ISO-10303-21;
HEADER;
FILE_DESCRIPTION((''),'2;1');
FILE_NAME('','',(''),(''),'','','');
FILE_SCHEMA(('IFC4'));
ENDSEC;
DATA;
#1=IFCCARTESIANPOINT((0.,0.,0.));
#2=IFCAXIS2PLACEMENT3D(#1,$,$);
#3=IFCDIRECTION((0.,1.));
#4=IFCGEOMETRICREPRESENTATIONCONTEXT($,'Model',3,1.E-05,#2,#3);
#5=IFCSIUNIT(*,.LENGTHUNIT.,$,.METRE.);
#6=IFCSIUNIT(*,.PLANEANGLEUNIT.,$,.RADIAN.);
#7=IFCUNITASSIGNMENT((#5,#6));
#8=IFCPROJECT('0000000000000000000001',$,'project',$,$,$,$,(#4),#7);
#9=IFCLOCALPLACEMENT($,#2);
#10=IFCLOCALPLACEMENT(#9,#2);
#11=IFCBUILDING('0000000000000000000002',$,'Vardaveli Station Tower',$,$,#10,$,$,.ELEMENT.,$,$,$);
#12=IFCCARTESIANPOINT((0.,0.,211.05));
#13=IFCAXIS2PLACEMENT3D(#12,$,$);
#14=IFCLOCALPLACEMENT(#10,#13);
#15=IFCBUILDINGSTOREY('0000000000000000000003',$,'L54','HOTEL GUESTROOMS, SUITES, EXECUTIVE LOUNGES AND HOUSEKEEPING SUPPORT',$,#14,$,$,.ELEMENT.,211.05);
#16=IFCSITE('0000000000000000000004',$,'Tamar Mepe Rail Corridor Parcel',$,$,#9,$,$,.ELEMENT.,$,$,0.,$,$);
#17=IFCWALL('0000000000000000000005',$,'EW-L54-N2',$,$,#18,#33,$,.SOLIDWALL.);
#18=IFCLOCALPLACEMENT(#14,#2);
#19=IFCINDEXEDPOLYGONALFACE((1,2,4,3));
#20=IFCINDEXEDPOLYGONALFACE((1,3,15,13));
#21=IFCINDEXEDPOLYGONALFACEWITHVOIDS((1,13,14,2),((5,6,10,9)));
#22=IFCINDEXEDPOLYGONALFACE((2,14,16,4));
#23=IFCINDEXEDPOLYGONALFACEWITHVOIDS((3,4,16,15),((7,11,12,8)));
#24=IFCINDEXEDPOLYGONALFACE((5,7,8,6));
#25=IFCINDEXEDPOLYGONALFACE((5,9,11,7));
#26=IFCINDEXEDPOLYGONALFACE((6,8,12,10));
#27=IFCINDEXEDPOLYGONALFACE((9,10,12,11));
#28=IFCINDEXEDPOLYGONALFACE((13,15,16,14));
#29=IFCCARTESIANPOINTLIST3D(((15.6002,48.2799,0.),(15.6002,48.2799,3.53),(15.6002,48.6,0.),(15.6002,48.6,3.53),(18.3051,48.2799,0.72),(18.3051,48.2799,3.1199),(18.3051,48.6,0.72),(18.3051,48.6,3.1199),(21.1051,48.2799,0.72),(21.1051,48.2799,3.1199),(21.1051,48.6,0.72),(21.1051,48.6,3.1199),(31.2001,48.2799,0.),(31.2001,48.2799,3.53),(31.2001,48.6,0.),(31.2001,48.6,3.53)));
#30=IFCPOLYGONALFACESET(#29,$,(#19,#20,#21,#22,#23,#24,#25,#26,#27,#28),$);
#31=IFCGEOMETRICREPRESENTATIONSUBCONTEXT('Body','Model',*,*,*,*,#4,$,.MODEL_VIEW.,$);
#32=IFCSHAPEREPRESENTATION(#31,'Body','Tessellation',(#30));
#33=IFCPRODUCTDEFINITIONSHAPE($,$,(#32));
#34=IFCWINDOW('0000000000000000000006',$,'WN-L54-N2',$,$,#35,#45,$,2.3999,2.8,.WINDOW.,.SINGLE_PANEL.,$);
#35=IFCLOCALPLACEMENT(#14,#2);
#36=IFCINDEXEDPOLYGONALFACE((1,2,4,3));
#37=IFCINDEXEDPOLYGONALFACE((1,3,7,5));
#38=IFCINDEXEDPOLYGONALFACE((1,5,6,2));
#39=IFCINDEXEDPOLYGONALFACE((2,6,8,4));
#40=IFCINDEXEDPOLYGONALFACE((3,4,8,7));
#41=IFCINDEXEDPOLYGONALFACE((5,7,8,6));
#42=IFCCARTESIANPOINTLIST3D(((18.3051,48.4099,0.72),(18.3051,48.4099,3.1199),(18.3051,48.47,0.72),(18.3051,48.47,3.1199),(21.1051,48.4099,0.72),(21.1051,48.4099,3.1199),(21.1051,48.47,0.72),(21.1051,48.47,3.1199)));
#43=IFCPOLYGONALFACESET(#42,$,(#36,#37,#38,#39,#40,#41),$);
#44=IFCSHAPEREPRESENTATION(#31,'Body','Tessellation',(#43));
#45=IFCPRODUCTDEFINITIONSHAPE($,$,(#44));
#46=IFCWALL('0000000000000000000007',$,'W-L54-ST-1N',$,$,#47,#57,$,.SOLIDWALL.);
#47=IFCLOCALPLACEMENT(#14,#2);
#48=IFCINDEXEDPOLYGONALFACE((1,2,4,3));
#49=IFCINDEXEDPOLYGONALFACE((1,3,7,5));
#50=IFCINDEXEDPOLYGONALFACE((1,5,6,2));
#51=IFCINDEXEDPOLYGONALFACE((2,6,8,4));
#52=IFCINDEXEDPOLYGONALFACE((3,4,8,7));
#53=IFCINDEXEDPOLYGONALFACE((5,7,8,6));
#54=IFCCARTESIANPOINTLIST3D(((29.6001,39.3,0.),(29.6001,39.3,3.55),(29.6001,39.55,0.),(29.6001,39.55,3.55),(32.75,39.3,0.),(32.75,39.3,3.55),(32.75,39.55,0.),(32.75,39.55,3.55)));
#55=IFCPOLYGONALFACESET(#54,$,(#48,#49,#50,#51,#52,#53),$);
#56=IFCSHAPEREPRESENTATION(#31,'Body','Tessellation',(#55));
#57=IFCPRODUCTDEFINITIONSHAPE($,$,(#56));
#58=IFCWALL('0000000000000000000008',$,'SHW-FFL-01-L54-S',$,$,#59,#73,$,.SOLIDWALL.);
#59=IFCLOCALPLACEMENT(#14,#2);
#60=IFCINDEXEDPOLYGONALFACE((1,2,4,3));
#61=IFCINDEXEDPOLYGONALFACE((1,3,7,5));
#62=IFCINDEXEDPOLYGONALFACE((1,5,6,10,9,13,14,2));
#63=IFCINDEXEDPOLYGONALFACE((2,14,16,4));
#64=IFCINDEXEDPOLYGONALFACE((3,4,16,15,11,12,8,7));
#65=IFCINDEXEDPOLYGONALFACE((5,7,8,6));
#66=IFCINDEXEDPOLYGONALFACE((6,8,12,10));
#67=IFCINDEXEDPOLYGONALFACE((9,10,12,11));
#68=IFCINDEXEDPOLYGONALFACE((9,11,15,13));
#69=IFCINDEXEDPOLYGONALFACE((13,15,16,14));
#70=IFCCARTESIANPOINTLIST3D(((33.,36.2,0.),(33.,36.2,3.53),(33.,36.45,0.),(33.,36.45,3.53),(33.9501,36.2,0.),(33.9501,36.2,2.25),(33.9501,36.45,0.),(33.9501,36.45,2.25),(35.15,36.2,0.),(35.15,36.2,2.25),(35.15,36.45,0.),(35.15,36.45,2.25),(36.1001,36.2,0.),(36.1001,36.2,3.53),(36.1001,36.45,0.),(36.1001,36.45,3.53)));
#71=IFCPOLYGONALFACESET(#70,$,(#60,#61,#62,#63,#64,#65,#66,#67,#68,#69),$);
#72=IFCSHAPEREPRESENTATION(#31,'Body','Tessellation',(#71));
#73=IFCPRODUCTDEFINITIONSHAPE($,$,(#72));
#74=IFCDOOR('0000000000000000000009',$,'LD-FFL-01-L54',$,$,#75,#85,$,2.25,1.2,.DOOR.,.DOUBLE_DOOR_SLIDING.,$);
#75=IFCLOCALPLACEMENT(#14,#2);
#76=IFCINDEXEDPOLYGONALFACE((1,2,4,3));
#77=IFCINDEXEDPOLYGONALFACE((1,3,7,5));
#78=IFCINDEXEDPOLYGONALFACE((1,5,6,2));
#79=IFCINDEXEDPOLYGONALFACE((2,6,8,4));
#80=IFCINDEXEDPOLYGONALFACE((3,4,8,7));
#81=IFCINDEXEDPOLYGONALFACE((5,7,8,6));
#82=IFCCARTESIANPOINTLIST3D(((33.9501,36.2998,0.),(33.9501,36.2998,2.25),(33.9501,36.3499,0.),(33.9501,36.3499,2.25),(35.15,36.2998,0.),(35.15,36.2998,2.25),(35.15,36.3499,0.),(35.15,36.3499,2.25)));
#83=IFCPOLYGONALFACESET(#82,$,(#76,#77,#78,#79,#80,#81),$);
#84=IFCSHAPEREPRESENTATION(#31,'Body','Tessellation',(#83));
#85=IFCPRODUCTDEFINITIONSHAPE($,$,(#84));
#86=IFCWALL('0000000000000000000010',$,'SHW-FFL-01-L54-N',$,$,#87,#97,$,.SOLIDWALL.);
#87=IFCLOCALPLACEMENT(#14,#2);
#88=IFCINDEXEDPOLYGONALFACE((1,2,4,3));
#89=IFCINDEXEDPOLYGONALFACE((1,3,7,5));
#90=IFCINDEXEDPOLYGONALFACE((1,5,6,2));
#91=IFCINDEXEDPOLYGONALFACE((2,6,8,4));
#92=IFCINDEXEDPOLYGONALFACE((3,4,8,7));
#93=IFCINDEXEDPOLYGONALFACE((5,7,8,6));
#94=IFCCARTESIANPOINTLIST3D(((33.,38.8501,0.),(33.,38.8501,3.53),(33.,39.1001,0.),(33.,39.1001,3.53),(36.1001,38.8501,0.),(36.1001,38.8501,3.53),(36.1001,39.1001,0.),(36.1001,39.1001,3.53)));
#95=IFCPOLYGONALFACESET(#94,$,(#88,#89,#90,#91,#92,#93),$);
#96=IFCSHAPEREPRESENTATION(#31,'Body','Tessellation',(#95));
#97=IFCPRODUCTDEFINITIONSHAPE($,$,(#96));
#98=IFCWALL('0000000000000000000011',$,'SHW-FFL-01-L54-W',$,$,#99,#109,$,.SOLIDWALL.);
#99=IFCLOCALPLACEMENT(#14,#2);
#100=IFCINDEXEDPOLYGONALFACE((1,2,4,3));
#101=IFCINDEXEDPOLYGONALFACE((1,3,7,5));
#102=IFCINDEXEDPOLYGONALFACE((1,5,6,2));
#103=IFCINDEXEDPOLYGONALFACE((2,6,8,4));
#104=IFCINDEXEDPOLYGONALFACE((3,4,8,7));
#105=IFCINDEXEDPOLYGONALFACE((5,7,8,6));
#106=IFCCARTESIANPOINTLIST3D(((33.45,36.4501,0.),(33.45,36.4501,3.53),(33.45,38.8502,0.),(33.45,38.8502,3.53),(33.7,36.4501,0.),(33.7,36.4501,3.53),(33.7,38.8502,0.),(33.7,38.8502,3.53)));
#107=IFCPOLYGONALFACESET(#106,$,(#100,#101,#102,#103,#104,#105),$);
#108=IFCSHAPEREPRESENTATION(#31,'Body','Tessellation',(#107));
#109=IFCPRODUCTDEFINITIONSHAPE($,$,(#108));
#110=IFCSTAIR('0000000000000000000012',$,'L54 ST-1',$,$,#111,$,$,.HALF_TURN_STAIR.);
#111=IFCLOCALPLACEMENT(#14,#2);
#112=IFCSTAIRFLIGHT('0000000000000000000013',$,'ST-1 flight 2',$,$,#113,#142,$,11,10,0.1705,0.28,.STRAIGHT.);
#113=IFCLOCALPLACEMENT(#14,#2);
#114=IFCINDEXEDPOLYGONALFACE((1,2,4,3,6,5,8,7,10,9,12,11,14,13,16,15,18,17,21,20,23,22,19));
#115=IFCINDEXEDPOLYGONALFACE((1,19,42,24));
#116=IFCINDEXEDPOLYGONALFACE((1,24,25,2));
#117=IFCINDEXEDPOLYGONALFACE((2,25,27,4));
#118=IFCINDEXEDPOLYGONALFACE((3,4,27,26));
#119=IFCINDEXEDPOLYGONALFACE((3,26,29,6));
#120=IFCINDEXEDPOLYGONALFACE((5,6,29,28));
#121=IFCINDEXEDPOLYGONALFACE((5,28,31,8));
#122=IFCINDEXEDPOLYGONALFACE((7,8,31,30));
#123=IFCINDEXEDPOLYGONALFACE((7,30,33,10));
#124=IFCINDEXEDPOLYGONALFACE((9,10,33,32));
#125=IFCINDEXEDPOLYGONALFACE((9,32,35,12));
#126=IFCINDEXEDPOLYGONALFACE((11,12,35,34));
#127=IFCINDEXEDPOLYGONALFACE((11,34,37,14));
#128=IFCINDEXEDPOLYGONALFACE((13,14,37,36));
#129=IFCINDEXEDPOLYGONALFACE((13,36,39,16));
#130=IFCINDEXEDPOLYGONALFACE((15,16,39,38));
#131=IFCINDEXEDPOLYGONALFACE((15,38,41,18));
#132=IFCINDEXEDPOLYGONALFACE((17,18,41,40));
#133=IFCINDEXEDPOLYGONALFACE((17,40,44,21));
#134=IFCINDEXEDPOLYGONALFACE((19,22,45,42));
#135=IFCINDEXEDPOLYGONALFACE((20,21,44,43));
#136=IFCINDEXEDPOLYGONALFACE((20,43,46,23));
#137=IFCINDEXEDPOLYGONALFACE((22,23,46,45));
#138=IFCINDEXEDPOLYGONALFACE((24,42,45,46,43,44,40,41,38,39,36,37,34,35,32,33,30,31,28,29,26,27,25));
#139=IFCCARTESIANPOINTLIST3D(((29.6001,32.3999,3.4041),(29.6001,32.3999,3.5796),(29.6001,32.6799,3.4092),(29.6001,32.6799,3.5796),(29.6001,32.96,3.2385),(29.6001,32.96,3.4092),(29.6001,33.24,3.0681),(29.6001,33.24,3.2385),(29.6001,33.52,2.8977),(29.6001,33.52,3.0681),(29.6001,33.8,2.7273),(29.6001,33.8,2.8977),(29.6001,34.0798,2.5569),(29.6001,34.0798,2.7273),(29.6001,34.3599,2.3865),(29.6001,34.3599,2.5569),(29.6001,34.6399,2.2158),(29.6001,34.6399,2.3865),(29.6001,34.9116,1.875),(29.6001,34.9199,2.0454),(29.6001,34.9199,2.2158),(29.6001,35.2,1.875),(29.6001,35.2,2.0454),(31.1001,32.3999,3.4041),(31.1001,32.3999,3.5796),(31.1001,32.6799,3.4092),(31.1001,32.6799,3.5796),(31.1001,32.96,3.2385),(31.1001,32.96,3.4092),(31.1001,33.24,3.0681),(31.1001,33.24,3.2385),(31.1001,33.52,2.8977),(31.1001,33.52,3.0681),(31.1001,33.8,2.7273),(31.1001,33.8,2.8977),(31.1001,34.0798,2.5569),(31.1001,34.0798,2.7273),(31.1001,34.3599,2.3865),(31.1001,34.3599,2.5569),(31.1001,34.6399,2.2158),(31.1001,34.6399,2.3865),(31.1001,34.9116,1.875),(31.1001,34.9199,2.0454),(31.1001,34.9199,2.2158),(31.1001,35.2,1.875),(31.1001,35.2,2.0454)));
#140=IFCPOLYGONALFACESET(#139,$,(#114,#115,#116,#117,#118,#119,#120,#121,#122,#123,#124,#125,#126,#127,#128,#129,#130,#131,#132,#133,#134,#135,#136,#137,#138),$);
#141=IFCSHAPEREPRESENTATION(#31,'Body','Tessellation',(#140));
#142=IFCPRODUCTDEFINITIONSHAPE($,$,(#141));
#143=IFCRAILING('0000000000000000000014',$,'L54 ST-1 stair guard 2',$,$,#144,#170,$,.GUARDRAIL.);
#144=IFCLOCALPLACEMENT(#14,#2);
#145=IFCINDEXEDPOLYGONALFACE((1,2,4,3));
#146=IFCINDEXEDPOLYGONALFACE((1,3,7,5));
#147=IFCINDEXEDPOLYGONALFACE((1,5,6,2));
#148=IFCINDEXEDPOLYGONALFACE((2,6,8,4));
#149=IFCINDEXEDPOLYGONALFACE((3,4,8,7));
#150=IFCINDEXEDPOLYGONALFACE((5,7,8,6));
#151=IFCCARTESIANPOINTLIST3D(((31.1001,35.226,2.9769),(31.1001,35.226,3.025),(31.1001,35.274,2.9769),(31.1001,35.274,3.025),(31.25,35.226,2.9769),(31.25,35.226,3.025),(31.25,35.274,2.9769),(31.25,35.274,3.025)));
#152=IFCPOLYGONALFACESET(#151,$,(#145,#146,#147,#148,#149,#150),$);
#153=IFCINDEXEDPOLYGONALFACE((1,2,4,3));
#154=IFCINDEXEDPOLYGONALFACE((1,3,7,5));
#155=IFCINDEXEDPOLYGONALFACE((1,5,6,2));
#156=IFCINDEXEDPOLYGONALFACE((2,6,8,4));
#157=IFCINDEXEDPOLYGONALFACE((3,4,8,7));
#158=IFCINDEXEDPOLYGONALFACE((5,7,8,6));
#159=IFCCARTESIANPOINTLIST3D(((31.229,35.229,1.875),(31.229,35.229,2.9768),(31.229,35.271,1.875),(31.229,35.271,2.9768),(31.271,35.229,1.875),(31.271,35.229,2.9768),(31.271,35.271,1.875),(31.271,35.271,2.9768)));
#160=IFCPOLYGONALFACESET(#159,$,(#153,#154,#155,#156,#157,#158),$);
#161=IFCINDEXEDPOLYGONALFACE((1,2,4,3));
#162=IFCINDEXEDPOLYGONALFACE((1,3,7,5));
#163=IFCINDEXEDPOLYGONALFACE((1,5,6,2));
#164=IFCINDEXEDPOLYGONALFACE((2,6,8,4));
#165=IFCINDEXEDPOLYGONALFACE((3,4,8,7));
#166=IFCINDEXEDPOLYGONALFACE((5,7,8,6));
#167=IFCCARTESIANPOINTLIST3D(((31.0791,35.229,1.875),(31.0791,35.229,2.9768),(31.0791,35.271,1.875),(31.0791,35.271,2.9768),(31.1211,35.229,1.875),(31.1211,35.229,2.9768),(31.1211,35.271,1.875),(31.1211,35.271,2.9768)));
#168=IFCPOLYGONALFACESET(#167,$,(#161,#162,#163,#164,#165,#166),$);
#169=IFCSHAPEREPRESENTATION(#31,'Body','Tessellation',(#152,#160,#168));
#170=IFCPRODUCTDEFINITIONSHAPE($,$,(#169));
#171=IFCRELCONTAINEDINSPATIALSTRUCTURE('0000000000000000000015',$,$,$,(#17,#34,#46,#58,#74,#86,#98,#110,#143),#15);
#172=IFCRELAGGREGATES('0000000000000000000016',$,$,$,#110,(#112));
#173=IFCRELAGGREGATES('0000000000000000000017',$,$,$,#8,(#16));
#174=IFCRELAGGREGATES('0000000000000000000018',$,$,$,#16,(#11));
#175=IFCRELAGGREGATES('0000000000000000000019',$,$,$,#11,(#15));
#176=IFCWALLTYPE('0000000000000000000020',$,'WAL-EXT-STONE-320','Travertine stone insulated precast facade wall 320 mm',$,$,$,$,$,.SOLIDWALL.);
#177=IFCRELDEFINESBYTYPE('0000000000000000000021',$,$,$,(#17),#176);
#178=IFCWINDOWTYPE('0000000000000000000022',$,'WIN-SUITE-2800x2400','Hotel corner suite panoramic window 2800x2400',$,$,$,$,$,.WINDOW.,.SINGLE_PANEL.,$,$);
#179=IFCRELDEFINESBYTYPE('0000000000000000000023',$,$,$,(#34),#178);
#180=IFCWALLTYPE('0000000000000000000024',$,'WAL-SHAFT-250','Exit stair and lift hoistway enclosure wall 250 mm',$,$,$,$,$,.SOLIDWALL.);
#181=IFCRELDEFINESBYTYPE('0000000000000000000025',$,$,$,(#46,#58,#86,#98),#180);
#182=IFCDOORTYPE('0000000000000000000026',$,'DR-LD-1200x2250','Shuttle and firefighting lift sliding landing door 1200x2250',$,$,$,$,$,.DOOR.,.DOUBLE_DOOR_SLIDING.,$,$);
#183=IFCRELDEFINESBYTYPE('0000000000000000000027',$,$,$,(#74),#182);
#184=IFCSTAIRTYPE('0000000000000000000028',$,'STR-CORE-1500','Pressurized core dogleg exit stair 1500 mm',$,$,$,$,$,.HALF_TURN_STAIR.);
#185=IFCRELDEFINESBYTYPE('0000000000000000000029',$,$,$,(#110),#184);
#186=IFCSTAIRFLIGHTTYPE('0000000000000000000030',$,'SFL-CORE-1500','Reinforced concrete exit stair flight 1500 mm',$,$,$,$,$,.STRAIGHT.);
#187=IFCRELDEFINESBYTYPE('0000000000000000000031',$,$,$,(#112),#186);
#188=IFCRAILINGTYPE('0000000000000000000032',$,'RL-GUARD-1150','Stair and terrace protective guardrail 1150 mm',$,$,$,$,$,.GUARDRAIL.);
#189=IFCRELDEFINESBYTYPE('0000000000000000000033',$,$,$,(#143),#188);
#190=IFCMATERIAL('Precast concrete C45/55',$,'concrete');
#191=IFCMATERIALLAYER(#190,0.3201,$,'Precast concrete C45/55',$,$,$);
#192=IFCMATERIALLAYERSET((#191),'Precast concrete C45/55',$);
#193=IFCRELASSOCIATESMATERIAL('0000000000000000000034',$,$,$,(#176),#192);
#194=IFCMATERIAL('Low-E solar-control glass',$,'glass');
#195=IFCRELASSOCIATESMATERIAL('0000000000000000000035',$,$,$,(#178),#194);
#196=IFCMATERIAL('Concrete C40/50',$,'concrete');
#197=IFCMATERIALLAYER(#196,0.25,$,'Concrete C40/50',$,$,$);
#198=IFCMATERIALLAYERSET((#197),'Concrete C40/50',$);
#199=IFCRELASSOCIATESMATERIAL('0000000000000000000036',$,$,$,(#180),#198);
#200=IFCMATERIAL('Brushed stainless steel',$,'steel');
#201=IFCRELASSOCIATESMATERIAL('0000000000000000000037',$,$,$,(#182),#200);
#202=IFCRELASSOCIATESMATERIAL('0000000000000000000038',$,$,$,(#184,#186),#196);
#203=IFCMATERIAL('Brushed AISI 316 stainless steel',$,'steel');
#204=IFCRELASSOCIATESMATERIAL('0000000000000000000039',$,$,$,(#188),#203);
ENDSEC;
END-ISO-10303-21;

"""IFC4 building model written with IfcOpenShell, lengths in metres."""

from ifc_helpers import new_model, si_unit, direction, frame, frame_2d, origin, origin_2d, place, context, subcontext, project, spatial, polyline, rectangle, outline, extrude, source, transform, mapped, material, layer, layer_set, type_object, element, fill, aggregate, save


model = new_model("IFC4")

# Units and contexts
model_context = context("Model", 3, precision=1e-05, world=origin(), true_north=direction((0.0, 1.0)))
body_context = subcontext(model_context, "Body", "Model", "MODEL_VIEW")
ifc_project = project(units=[si_unit("LENGTHUNIT", "METRE"), si_unit("PLANEANGLEUNIT", "RADIAN")], contexts=[model_context])

# Site, building, storey
site_placement = place(None, origin())
site = spatial("IfcSite", under=ifc_project, at=site_placement, Name="Tamar Mepe Rail Corridor Parcel", CompositionType="ELEMENT", RefElevation=0.0)
building_placement = place(site_placement, origin())
building = spatial("IfcBuilding", under=site, at=building_placement, Name="Vardaveli Station Tower", CompositionType="ELEMENT")
storey_placement = place(building_placement, frame((0.0, 0.0, 211.05)))
storey = spatial("IfcBuildingStorey", under=building, at=storey_placement, Name="L54", Description="HOTEL GUESTROOMS, SUITES, EXECUTIVE LOUNGES AND HOUSEKEEPING SUPPORT", CompositionType="ELEMENT", Elevation=211.05)

# Shared definitions
ifc_material_1 = material(Name="Precast concrete C45/55", Category="concrete")

# Wall, opening, window
ifc_layer_1 = layer(ifc_material_1, 0.3201, Name="Precast concrete C45/55")
ifc_layer_set_1 = layer_set([ifc_layer_1], Name="Precast concrete C45/55")
wall_type_1 = type_object("IfcWallType", Name="WAL-EXT-STONE-320", Description="Travertine stone insulated precast facade wall 320 mm", PredefinedType="SOLIDWALL", material=ifc_layer_set_1)
shared_shape_1 = source(origin(), body_context, "Body", "SweptSolid", [
    extrude(rectangle(XDim=15.5999, YDim=0.3201, at=frame_2d((7.7998, 0.0))), origin(), (0.0, 0.0, 1.0), 3.53),
])
wall_1_placement = place(storey_placement, frame((31.2, 48.4399, 0.0), z_axis=(0.0, 0.0, 1.0), x_axis=(-1.0, 0.0, 0.0)))
wall_1 = element("IfcWall", 1, at=wall_1_placement, inside=storey, type_object=wall_type_1, Name="EW-L54-N2", PredefinedType="SOLIDWALL", context=body_context, shape_type="MappedRepresentation", body=[
    mapped(shared_shape_1, transform((0.0, 0.0, 0.0), scale=1.0)),
])
shared_shape_2 = source(origin(), body_context, "Body", "SweptSolid", [
    extrude(rectangle(XDim=2.8, YDim=2.3999, at=frame_2d((1.3999, 1.2))), frame((0.0, 0.1699, 0.0), z_axis=(0.0, -1.0, 0.0), x_axis=(1.0, 0.0, 0.0)), (0.0, 0.0, 1.0), 0.3401),
])
opening_1_placement = place(wall_1_placement, frame((10.095, 0.0, 0.72)))
opening_1 = element("IfcOpeningElement", 2, at=opening_1_placement, cuts=wall_1, PredefinedType="OPENING", context=body_context, shape_type="MappedRepresentation", body=[
    mapped(shared_shape_2, transform((0.0, 0.0, 0.0), scale=1.0)),
])
ifc_material_2 = material(Name="Low-E solar-control glass", Category="glass")
window_type = type_object("IfcWindowType", Name="WIN-SUITE-2800x2400", Description="Hotel corner suite panoramic window 2800x2400", PartitioningType="SINGLE_PANEL", PredefinedType="WINDOW", material=ifc_material_2)
shared_shape_3 = source(origin(), body_context, "Body", "SweptSolid", [
    extrude(rectangle(XDim=2.8, YDim=2.3999, at=frame_2d((1.3999, 1.2))), frame((0.0, 0.03, 0.0), z_axis=(0.0, -1.0, 0.0), x_axis=(1.0, 0.0, 0.0)), (0.0, 0.0, 1.0), 0.0601),
])
window_placement = place(opening_1_placement, origin())
window = element("IfcWindow", 3, at=window_placement, inside=storey, type_object=window_type, Name="WN-L54-N2", OverallHeight=2.3999, OverallWidth=2.8, PartitioningType="SINGLE_PANEL", PredefinedType="WINDOW", context=body_context, shape_type="MappedRepresentation", body=[
    mapped(shared_shape_3, transform((0.0, 0.0, 0.0), scale=1.0)),
])
fill(opening_1, window)

# Wall
ifc_material_3 = material(Name="Concrete C40/50", Category="concrete")
ifc_layer_2 = layer(ifc_material_3, 0.25, Name="Concrete C40/50")
ifc_layer_set_2 = layer_set([ifc_layer_2], Name="Concrete C40/50")
wall_type_2 = type_object("IfcWallType", Name="WAL-SHAFT-250", Description="Exit stair and lift hoistway enclosure wall 250 mm", PredefinedType="SOLIDWALL", material=ifc_layer_set_2)
shared_shape_4 = source(origin(), body_context, "Body", "SweptSolid", [
    extrude(rectangle(XDim=3.1499, YDim=0.25, at=frame_2d((1.575, 0.0))), origin(), (0.0, 0.0, 1.0), 3.55),
])
wall_2_placement = place(storey_placement, frame((29.6001, 39.425, 0.0), z_axis=(0.0, 0.0, 1.0), x_axis=(1.0, 0.0, 0.0)))
element("IfcWall", 4, at=wall_2_placement, inside=storey, type_object=wall_type_2, Name="W-L54-ST-1N", PredefinedType="SOLIDWALL", context=body_context, shape_type="MappedRepresentation", body=[
    mapped(shared_shape_4, transform((0.0, 0.0, 0.0), scale=1.0)),
])

# Wall, opening, door
shared_shape_5 = source(origin(), body_context, "Body", "SweptSolid", [
    extrude(rectangle(XDim=3.1001, YDim=0.25, at=frame_2d((1.55, 0.0))), origin(), (0.0, 0.0, 1.0), 3.53),
])
wall_3_placement = place(storey_placement, frame((33.0, 36.325, 0.0), z_axis=(0.0, 0.0, 1.0), x_axis=(1.0, 0.0, 0.0)))
wall_3 = element("IfcWall", 5, at=wall_3_placement, inside=storey, type_object=wall_type_2, Name="SHW-FFL-01-L54-S", PredefinedType="SOLIDWALL", context=body_context, shape_type="MappedRepresentation", body=[
    mapped(shared_shape_5, transform((0.0, 0.0, 0.0), scale=1.0)),
])
shared_shape_6 = source(origin(), body_context, "Body", "SweptSolid", [
    extrude(rectangle(XDim=1.2, YDim=2.25, at=frame_2d((0.6001, 1.125))), frame((0.0, 0.135, 0.0), z_axis=(0.0, -1.0, 0.0), x_axis=(1.0, 0.0, 0.0)), (0.0, 0.0, 1.0), 0.27),
])
opening_2_placement = place(wall_3_placement, frame((0.95, 0.0, 0.0)))
opening_2 = element("IfcOpeningElement", 6, at=opening_2_placement, cuts=wall_3, PredefinedType="OPENING", context=body_context, shape_type="MappedRepresentation", body=[
    mapped(shared_shape_6, transform((0.0, 0.0, 0.0), scale=1.0)),
])
ifc_material_4 = material(Name="Brushed stainless steel", Category="steel")
door_type = type_object("IfcDoorType", Name="DR-LD-1200x2250", Description="Shuttle and firefighting lift sliding landing door 1200x2250", OperationType="DOUBLE_DOOR_SLIDING", PredefinedType="DOOR", material=ifc_material_4)
shared_shape_7 = source(origin(), body_context, "Body", "SweptSolid", [
    extrude(rectangle(XDim=1.2, YDim=2.25, at=frame_2d((0.6001, 1.125))), frame((0.0, 0.0249, 0.0), z_axis=(0.0, -1.0, 0.0), x_axis=(1.0, 0.0, 0.0)), (0.0, 0.0, 1.0), 0.05),
])
door_placement = place(opening_2_placement, origin())
door = element("IfcDoor", 7, at=door_placement, inside=storey, type_object=door_type, Name="LD-FFL-01-L54", OperationType="DOUBLE_DOOR_SLIDING", OverallHeight=2.25, OverallWidth=1.2, PredefinedType="DOOR", context=body_context, shape_type="MappedRepresentation", body=[
    mapped(shared_shape_7, transform((0.0, 0.0, 0.0), scale=1.0)),
])
fill(opening_2, door)

# Walls
wall_4_placement = place(storey_placement, frame((33.0, 38.9751, 0.0), z_axis=(0.0, 0.0, 1.0), x_axis=(1.0, 0.0, 0.0)))
element("IfcWall", 8, at=wall_4_placement, inside=storey, type_object=wall_type_2, Name="SHW-FFL-01-L54-N", PredefinedType="SOLIDWALL", context=body_context, shape_type="MappedRepresentation", body=[
    mapped(shared_shape_5, transform((0.0, 0.0, 0.0), scale=1.0)),
])
shared_shape_8 = source(origin(), body_context, "Body", "SweptSolid", [
    extrude(rectangle(XDim=2.4001, YDim=0.25, at=frame_2d((1.2002, 0.0))), origin(), (0.0, 0.0, 1.0), 3.53),
])
wall_5_placement = place(storey_placement, frame((33.575, 36.45, 0.0), z_axis=(0.0, 0.0, 1.0), x_axis=(0.0, 1.0, 0.0)))
element("IfcWall", 9, at=wall_5_placement, inside=storey, type_object=wall_type_2, Name="SHW-FFL-01-L54-W", PredefinedType="SOLIDWALL", context=body_context, shape_type="MappedRepresentation", body=[
    mapped(shared_shape_8, transform((0.0, 0.0, 0.0), scale=1.0)),
])

# Stair, stair flight
stair_type = type_object("IfcStairType", Name="STR-CORE-1500", Description="Pressurized core dogleg exit stair 1500 mm", PredefinedType="HALF_TURN_STAIR", material=ifc_material_3)
stair_placement = place(storey_placement, origin())
stair = element("IfcStair", 10, at=stair_placement, inside=storey, type_object=stair_type, Name="L54 ST-1", PredefinedType="HALF_TURN_STAIR")
stair_flight_type = type_object("IfcStairFlightType", Name="SFL-CORE-1500", Description="Reinforced concrete exit stair flight 1500 mm", PredefinedType="STRAIGHT", material=ifc_material_3)
shared_shape_9 = source(origin(), body_context, "Body", "SweptSolid", [
    extrude(outline(polyline([(0.0, 0.0), (0.0, 0.1704), (0.28, 0.1704), (0.28, 0.3408), (0.5601, 0.3408), (0.5601, 0.5115), (0.8401, 0.5115), (0.8401, 0.6819), (1.1201, 0.6819), (1.1201, 0.8523), (1.3999, 0.8523), (1.3999, 1.0227), (1.6799, 1.0227), (1.6799, 1.1931), (1.96, 1.1931), (1.96, 1.3635), (2.24, 1.3635), (2.24, 1.5342), (2.52, 1.5342), (2.52, 1.7046), (2.8, 1.7046), (2.8, 1.875), (2.8, 1.5291), (0.2883, 0.0), (0.0, 0.0)])), frame((0.0, 0.75, 0.0), z_axis=(0.0, -1.0, 0.0), x_axis=(1.0, 0.0, 0.0)), (0.0, 0.0, 1.0), 1.5),
])
stair_flight_placement = place(storey_placement, frame((30.3501, 35.2, 1.875), z_axis=(0.0, 0.0, 1.0), x_axis=(0.0, -1.0, 0.0)))
stair_flight = element("IfcStairFlight", 11, at=stair_flight_placement, type_object=stair_flight_type, Name="ST-1 flight 2", NumberOfRisers=11, NumberOfTreads=10, PredefinedType="STRAIGHT", RiserHeight=0.1705, TreadLength=0.28, context=body_context, shape_type="MappedRepresentation", body=[
    mapped(shared_shape_9, transform((0.0, 0.0, 0.0), scale=1.0)),
])
aggregate(stair, [stair_flight])

# Railing
ifc_material_5 = material(Name="Brushed AISI 316 stainless steel", Category="steel")
railing_type_1 = type_object("IfcRailingType", Name="RL-GUARD-1150", Description="Stair and terrace protective guardrail 1150 mm", PredefinedType="GUARDRAIL", material=ifc_material_5)
shared_shape_10 = source(origin(), body_context, "Body", "SweptSolid", [
    extrude(rectangle(XDim=0.0481, YDim=0.0481, at=origin_2d()), frame((0.0, 0.0, 1.126), z_axis=(-1.0, 0.0, 0.0), x_axis=(0.0, -1.0, 0.0)), (0.0, 0.0, 1.0), 0.1499),
    extrude(rectangle(XDim=0.042, YDim=0.042, at=origin_2d()), origin(), (0.0, 0.0, 1.0), 1.1018),
    extrude(rectangle(XDim=0.042, YDim=0.042, at=origin_2d()), frame((-0.1499, 0.0, 0.0)), (0.0, 0.0, 1.0), 1.1018),
])
railing_1_placement = place(storey_placement, frame((31.25, 35.25, 1.875)))
element("IfcRailing", 12, at=railing_1_placement, inside=storey, type_object=railing_type_1, Name="L54 ST-1 stair guard 2", PredefinedType="GUARDRAIL", context=body_context, shape_type="MappedRepresentation", body=[
    mapped(shared_shape_10, transform((0.0, 0.0, 0.0), scale=1.0)),
])

save(model, "model.ifc")
